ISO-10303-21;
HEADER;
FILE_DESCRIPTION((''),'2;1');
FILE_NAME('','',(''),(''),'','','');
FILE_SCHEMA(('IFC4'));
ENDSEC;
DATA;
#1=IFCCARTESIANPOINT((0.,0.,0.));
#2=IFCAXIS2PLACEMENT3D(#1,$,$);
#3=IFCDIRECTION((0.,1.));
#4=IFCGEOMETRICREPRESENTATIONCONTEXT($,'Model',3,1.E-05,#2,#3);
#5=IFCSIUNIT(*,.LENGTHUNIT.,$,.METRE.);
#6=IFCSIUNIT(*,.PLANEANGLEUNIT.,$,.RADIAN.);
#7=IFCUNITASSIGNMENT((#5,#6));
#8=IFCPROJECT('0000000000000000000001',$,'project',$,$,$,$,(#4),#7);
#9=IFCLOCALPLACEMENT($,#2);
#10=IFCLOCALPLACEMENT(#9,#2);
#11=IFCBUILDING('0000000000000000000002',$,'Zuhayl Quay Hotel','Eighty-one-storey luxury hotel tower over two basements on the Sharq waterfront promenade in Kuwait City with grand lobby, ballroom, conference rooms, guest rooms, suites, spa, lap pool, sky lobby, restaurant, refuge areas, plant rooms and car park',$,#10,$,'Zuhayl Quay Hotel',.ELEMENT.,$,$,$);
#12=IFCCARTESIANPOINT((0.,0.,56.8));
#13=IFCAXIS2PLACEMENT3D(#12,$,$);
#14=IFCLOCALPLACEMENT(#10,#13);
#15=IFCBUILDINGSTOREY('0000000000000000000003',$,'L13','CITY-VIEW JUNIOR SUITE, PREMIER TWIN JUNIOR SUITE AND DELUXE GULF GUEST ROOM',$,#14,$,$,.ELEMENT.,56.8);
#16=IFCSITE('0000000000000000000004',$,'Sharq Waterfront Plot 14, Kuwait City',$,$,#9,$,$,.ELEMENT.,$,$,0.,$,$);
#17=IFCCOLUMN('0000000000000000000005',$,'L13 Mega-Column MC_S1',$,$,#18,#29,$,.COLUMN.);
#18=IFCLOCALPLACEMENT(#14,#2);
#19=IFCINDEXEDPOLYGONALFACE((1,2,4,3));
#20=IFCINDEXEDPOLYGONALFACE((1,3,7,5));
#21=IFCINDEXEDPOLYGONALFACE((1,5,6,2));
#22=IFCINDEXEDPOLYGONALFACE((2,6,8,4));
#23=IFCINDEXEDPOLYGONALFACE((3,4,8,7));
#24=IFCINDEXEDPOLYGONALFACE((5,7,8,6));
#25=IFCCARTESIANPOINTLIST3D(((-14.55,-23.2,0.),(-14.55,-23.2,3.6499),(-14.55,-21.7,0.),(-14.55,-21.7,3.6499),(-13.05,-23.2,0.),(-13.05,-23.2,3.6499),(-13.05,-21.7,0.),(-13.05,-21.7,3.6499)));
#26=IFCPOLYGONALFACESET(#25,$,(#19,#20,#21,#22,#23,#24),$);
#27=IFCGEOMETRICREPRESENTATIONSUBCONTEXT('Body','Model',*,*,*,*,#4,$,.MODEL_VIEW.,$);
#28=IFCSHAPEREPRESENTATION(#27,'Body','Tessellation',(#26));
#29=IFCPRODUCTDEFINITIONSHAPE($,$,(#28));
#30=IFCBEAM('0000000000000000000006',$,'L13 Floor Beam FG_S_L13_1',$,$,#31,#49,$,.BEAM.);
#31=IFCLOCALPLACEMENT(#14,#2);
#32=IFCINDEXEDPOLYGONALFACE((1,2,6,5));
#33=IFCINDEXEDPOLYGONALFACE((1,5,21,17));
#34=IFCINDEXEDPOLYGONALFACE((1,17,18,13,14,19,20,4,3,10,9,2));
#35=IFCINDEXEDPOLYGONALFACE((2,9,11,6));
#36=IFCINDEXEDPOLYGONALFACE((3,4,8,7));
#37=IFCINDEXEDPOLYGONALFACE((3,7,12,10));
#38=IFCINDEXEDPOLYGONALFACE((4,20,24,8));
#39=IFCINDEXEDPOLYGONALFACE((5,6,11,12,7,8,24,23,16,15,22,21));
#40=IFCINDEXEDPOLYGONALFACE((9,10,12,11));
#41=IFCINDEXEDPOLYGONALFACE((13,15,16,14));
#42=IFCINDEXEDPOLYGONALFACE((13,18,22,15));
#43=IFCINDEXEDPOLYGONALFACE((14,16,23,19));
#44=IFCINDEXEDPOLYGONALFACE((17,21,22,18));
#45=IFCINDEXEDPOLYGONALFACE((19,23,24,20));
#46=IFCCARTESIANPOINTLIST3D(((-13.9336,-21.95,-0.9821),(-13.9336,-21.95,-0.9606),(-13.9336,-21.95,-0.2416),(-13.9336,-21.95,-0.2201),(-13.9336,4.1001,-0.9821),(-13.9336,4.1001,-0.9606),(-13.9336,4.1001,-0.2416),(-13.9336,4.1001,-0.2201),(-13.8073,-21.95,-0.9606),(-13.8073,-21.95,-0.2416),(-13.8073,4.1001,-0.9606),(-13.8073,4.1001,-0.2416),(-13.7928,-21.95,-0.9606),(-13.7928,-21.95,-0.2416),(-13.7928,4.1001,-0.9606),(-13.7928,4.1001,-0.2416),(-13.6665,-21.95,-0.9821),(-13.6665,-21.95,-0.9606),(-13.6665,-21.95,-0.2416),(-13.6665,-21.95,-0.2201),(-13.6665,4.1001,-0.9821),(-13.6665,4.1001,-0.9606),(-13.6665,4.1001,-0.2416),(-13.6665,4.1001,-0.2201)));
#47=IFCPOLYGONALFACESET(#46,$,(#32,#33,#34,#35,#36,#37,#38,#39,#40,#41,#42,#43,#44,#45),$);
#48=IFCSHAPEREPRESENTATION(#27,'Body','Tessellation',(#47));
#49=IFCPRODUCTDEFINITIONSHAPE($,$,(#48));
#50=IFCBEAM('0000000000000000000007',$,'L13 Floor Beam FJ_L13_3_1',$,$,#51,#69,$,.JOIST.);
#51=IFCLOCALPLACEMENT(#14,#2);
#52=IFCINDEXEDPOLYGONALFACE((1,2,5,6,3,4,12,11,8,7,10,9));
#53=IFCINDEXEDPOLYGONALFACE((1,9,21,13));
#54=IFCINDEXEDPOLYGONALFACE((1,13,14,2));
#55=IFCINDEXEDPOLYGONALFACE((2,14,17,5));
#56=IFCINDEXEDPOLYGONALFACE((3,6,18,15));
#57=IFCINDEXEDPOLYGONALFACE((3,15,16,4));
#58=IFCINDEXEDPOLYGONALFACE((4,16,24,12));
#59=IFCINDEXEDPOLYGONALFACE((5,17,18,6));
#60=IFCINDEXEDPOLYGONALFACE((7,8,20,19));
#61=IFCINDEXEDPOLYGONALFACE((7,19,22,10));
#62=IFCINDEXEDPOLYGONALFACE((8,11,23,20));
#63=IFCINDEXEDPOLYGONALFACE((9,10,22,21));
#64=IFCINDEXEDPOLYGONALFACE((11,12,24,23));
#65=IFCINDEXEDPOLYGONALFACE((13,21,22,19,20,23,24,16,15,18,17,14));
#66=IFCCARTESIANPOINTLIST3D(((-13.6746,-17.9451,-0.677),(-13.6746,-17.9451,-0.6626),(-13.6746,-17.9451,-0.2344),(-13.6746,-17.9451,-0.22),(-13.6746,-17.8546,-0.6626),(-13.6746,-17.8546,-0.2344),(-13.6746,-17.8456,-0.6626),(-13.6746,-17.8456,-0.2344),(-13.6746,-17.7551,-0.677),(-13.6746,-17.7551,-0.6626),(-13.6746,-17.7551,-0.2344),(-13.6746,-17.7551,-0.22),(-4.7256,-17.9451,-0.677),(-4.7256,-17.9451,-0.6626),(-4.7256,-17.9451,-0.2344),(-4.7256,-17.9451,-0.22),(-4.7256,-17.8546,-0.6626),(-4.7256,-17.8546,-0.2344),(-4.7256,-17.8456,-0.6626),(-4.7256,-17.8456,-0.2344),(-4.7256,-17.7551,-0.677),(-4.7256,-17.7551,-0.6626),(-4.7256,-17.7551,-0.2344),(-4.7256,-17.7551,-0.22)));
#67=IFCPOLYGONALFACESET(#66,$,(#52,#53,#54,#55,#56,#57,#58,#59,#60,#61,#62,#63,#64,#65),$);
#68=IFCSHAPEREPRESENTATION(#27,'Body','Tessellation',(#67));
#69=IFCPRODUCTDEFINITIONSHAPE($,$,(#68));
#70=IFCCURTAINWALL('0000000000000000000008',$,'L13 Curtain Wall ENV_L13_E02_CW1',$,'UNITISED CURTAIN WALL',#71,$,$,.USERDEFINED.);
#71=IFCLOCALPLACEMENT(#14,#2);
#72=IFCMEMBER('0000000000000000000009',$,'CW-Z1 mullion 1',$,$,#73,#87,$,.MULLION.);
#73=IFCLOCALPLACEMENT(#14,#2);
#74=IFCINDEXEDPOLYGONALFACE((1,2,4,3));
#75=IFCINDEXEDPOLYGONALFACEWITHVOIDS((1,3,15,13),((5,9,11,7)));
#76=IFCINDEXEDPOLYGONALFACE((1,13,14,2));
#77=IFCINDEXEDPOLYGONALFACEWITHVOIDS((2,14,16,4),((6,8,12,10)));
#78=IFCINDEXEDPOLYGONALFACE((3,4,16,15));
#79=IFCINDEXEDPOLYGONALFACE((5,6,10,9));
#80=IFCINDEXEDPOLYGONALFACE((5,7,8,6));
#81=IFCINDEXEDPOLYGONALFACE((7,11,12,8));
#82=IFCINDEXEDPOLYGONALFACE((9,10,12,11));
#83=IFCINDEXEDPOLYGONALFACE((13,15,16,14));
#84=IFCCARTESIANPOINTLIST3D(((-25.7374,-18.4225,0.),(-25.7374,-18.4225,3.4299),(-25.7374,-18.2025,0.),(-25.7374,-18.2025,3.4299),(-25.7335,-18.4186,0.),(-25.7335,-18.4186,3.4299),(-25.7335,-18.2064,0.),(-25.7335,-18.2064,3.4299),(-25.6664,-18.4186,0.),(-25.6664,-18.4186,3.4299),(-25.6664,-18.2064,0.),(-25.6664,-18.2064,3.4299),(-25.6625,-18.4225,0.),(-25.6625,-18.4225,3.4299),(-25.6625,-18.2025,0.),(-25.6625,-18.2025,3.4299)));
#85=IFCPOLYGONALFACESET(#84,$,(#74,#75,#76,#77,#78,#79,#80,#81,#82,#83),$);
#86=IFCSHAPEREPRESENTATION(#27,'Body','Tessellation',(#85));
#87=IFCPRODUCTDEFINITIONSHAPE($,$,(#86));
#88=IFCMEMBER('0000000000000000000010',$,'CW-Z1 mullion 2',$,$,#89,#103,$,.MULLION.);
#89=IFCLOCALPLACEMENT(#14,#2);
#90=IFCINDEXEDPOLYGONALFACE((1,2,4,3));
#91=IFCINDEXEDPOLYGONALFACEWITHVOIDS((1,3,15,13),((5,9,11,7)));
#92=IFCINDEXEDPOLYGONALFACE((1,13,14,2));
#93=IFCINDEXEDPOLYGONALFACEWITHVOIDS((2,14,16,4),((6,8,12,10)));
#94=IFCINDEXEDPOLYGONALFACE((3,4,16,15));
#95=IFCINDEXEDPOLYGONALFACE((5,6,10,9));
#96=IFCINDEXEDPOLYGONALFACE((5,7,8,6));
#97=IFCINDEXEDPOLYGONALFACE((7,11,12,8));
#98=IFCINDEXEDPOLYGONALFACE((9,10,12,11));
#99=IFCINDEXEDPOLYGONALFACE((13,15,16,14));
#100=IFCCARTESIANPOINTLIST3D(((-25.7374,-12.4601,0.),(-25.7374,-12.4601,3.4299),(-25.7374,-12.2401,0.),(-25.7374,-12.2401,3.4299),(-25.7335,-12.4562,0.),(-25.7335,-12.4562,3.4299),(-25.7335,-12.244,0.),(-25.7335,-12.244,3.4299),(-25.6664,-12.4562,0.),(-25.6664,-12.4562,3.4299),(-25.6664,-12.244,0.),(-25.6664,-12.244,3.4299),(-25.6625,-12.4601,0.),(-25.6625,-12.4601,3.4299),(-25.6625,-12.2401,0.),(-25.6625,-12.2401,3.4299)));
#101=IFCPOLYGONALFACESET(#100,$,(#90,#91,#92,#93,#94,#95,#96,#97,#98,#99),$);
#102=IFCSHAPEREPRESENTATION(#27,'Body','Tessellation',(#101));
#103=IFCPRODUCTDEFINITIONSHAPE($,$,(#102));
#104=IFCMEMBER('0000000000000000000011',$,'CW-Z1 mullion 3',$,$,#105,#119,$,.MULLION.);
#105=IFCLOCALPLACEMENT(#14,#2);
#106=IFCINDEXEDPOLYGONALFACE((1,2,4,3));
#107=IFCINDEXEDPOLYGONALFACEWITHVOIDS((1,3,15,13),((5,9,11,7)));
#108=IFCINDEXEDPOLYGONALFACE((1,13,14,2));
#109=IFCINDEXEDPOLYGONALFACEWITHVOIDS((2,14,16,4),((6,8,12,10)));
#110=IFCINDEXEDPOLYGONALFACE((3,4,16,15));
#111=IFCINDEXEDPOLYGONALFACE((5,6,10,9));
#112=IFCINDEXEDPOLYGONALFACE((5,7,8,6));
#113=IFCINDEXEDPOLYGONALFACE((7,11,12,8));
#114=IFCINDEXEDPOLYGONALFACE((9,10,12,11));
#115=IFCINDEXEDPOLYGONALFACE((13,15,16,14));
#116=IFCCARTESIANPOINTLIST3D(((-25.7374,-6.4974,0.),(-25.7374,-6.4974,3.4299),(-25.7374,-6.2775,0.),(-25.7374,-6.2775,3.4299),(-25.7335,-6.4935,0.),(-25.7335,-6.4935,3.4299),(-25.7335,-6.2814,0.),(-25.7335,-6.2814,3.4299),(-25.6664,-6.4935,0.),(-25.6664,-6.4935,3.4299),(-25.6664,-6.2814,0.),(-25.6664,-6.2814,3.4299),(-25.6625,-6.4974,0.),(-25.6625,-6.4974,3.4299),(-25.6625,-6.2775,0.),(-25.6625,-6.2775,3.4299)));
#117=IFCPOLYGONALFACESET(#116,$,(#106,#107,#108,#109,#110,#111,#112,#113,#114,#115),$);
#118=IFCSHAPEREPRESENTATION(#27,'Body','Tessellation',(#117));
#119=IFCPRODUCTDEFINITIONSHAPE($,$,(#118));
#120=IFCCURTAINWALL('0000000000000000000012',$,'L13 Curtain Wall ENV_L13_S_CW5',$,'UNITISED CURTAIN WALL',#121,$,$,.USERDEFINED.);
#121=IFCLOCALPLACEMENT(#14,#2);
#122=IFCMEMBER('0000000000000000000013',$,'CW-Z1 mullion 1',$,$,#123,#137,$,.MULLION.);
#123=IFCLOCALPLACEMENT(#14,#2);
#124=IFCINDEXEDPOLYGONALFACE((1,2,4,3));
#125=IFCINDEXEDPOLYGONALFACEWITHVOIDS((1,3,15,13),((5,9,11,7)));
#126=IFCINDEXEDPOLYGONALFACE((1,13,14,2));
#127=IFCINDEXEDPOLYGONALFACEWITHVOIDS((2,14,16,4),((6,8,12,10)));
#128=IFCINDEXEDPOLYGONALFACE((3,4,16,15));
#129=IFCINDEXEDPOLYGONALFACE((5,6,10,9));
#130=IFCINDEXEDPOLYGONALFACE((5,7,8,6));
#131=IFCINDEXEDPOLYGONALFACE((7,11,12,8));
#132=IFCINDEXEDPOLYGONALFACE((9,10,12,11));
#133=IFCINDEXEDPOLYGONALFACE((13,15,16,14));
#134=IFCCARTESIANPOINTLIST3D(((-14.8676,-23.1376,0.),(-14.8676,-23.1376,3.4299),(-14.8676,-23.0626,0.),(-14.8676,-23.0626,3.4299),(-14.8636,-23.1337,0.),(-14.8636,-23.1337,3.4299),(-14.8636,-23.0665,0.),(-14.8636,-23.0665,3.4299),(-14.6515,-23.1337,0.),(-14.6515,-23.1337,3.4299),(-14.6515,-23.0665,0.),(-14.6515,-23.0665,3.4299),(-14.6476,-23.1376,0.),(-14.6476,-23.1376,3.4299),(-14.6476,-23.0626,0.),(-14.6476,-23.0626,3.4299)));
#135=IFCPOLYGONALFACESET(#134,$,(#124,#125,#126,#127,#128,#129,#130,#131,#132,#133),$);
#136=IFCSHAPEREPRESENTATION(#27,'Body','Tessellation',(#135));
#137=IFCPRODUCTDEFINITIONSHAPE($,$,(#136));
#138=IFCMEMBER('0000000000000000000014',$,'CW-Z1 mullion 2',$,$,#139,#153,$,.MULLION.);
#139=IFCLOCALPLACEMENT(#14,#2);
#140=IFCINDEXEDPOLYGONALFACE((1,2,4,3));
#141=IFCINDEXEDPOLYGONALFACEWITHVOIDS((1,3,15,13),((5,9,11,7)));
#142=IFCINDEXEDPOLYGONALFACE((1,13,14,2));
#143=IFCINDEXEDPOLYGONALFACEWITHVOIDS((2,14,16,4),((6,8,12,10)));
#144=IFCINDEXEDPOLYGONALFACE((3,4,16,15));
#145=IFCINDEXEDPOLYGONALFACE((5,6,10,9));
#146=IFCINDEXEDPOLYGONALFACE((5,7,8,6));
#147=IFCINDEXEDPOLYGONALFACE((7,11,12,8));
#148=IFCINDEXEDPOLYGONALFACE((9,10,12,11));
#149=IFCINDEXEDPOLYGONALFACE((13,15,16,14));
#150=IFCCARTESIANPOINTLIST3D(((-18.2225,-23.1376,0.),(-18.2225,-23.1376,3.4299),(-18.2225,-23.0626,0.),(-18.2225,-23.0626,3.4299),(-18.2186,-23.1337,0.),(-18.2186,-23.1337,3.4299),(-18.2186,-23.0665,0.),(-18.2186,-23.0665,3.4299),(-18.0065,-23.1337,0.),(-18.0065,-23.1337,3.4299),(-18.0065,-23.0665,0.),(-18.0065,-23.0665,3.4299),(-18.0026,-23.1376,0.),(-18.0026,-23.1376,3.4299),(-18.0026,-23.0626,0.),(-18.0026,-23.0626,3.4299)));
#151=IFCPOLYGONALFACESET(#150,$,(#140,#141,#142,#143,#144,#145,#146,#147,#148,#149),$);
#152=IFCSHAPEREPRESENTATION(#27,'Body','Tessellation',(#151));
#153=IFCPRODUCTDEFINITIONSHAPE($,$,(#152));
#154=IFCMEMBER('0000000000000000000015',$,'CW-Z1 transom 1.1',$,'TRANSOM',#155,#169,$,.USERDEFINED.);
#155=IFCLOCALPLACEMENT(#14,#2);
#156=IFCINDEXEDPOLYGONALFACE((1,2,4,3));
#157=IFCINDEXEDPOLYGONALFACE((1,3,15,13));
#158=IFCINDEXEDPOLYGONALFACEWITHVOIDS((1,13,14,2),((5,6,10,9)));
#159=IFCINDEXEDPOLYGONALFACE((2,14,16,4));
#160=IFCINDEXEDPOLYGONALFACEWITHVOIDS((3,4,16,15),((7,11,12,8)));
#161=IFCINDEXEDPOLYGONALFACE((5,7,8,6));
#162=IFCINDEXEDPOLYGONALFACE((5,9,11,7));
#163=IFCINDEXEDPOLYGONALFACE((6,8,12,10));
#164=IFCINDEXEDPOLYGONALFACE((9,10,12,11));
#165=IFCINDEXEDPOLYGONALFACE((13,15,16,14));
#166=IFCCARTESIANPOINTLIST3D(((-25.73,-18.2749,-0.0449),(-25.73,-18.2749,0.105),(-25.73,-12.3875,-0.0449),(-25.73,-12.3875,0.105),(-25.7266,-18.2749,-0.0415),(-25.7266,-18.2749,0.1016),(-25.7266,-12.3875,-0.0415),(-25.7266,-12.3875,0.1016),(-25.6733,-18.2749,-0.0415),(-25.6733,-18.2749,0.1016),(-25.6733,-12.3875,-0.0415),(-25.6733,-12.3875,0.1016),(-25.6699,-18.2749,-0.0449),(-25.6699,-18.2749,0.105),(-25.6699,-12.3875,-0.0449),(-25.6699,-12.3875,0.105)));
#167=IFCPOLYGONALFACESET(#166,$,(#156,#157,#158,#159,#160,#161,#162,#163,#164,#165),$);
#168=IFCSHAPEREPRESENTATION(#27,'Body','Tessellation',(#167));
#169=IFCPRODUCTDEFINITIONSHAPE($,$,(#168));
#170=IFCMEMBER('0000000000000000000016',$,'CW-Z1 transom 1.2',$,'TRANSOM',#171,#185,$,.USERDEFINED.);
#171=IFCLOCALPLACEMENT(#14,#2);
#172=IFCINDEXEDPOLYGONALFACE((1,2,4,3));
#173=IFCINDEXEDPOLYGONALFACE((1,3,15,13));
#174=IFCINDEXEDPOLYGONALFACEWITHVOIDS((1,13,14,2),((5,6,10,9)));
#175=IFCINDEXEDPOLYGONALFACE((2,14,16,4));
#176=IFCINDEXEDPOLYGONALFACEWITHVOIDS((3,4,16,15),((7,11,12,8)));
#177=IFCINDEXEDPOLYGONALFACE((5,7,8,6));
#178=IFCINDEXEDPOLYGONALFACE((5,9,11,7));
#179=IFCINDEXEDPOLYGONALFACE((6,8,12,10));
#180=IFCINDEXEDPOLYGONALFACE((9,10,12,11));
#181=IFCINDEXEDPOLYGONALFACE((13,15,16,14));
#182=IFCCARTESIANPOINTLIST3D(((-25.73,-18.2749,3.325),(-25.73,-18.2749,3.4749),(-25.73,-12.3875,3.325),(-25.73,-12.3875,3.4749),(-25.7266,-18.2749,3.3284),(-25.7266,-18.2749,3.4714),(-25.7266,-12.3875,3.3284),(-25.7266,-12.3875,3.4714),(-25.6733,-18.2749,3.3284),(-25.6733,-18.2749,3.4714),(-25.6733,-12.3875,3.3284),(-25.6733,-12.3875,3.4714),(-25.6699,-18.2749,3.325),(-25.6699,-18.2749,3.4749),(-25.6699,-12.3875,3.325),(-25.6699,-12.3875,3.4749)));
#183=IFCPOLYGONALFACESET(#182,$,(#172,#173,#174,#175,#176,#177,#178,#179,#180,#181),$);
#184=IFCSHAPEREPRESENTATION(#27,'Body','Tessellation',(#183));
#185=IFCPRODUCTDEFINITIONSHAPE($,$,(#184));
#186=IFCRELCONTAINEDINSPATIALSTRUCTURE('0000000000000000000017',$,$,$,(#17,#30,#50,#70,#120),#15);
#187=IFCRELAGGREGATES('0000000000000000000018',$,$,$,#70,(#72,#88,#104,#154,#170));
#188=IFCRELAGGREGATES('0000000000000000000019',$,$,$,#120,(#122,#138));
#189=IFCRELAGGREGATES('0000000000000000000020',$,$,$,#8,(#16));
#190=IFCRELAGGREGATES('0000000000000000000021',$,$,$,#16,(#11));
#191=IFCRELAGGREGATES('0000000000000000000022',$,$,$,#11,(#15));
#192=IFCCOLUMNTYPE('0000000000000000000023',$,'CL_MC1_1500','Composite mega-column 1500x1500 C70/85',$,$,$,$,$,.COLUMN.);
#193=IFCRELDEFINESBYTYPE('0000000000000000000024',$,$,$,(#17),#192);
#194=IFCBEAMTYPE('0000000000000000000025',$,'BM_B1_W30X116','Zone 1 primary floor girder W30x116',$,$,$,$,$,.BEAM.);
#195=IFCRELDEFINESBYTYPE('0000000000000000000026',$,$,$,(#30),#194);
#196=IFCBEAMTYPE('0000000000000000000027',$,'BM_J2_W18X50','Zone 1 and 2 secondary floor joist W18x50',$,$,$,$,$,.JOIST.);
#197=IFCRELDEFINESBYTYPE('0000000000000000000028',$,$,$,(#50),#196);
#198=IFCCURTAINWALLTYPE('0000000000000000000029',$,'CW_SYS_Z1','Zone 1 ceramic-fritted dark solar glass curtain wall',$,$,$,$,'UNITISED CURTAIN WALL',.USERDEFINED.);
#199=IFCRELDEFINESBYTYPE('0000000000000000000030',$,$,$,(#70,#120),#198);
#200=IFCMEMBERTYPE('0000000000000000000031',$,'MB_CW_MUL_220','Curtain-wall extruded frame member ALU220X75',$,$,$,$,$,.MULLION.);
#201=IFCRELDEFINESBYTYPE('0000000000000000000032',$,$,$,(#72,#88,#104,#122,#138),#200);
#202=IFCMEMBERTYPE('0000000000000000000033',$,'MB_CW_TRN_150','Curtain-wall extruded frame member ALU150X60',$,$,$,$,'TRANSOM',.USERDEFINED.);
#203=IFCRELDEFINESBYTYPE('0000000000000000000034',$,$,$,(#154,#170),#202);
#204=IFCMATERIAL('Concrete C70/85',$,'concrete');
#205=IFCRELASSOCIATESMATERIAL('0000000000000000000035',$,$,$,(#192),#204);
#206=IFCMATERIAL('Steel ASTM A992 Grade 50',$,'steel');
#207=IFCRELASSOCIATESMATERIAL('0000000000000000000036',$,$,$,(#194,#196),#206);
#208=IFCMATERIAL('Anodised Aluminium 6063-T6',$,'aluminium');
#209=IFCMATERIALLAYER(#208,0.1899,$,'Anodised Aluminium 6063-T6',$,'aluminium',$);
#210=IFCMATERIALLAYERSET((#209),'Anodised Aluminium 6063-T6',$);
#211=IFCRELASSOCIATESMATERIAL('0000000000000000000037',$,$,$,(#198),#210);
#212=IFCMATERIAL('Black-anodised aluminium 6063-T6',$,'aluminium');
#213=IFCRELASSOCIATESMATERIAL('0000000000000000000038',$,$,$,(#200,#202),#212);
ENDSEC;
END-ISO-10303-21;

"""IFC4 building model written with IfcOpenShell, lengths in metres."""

from ifc_helpers import new_model, si_unit, direction, frame, origin, origin_2d, place, context, subcontext, project, spatial, rectangle, hollow_rectangle, i_section, extrude, material, layer, layer_set, material_profile, profile_set, type_object, element, aggregate, save


model = new_model("IFC4")

# Units and contexts
model_context = context("Model", 3, precision=1e-05, world=origin(), true_north=direction((0.0, 1.0)))
body_context = subcontext(model_context, "Body", "Model", "MODEL_VIEW")
ifc_project = project(units=[si_unit("LENGTHUNIT", "METRE"), si_unit("PLANEANGLEUNIT", "RADIAN")], contexts=[model_context])

# Site, building, storey
site_placement = place(None, origin())
site = spatial("IfcSite", under=ifc_project, at=site_placement, Name="Sharq Waterfront Plot 14, Kuwait City", CompositionType="ELEMENT", RefElevation=0.0)
building_placement = place(site_placement, origin())
building = spatial("IfcBuilding", under=site, at=building_placement, Name="Zuhayl Quay Hotel", Description="Eighty-one-storey luxury hotel tower over two basements on the Sharq waterfront promenade in Kuwait City with grand lobby, ballroom, conference rooms, guest rooms, suites, spa, lap pool, sky lobby, restaurant, refuge areas, plant rooms and car park", LongName="Zuhayl Quay Hotel", CompositionType="ELEMENT")
storey_placement = place(building_placement, frame((0.0, 0.0, 56.8)))
storey = spatial("IfcBuildingStorey", under=building, at=storey_placement, Name="L13", Description="CITY-VIEW JUNIOR SUITE, PREMIER TWIN JUNIOR SUITE AND DELUXE GULF GUEST ROOM", CompositionType="ELEMENT", Elevation=56.8)

# Column
ifc_material_1 = material(Name="Concrete C70/85", Category="concrete")
ifc_material_profile_1 = material_profile(ifc_material_1, rectangle(XDim=1.5, YDim=1.5, at=origin_2d()), Name="RC1500X1500")
ifc_profile_set_1 = profile_set([ifc_material_profile_1], Name="Concrete C70/85")
column_type = type_object("IfcColumnType", Name="CL_MC1_1500", Description="Composite mega-column 1500x1500 C70/85", PredefinedType="COLUMN", material=ifc_profile_set_1)
column_placement = place(storey_placement, frame((-13.8, -22.45, 0.0), z_axis=(0.0, 0.0, 1.0), x_axis=(1.0, 0.0, 0.0)))
element("IfcColumn", 1, at=column_placement, inside=storey, type_object=column_type, Name="L13 Mega-Column MC_S1", PredefinedType="COLUMN", context=body_context, shape_type="SweptSolid", body=[
    extrude(rectangle(XDim=1.5, YDim=1.5, at=origin_2d()), origin(), (0.0, 0.0, 1.0), 3.6499),
])

# Beams
ifc_material_2 = material(Name="Steel ASTM A992 Grade 50", Category="steel")
ifc_material_profile_2 = material_profile(ifc_material_2, i_section(OverallWidth=0.2671, OverallDepth=0.762, WebThickness=0.0144, FlangeThickness=0.0215, at=origin_2d()), Name="W30X116")
ifc_profile_set_2 = profile_set([ifc_material_profile_2], Name="Steel ASTM A992 Grade 50")
beam_type_1 = type_object("IfcBeamType", Name="BM_B1_W30X116", Description="Zone 1 primary floor girder W30x116", PredefinedType="BEAM", material=ifc_profile_set_2)
beam_1_placement = place(storey_placement, frame((-13.8, -21.95, -0.6011), z_axis=(0.0, 1.0, 0.0), x_axis=(-1.0, 0.0, 0.0)))
element("IfcBeam", 2, at=beam_1_placement, inside=storey, type_object=beam_type_1, Name="L13 Floor Beam FG_S_L13_1", PredefinedType="BEAM", context=body_context, shape_type="SweptSolid", body=[
    extrude(i_section(OverallWidth=0.2671, OverallDepth=0.762, WebThickness=0.0144, FlangeThickness=0.0215, at=origin_2d()), origin(), (0.0, 0.0, 1.0), 26.05),
])
ifc_material_profile_3 = material_profile(ifc_material_2, i_section(OverallWidth=0.1899, OverallDepth=0.457, WebThickness=0.009, FlangeThickness=0.0144, at=origin_2d()), Name="W18X50")
ifc_profile_set_3 = profile_set([ifc_material_profile_3], Name="Steel ASTM A992 Grade 50")
beam_type_2 = type_object("IfcBeamType", Name="BM_J2_W18X50", Description="Zone 1 and 2 secondary floor joist W18x50", PredefinedType="JOIST", material=ifc_profile_set_3)
beam_2_placement = place(storey_placement, frame((-13.6746, -17.8501, -0.4485), z_axis=(1.0, 0.0, 0.0), x_axis=(0.0, 1.0, 0.0)))
element("IfcBeam", 3, at=beam_2_placement, inside=storey, type_object=beam_type_2, Name="L13 Floor Beam FJ_L13_3_1", PredefinedType="JOIST", context=body_context, shape_type="SweptSolid", body=[
    extrude(i_section(OverallWidth=0.1899, OverallDepth=0.457, WebThickness=0.009, FlangeThickness=0.0144, at=origin_2d()), origin(), (0.0, 0.0, 1.0), 8.949),
])

# Curtain walls, members
ifc_material_3 = material(Name="Anodised Aluminium 6063-T6", Category="aluminium")
ifc_layer_1 = layer(ifc_material_3, 0.1899, Name="Anodised Aluminium 6063-T6", Category="aluminium")
ifc_layer_set_1 = layer_set([ifc_layer_1], Name="Anodised Aluminium 6063-T6")
curtain_wall_type = type_object("IfcCurtainWallType", Name="CW_SYS_Z1", Description="Zone 1 ceramic-fritted dark solar glass curtain wall", ElementType="UNITISED CURTAIN WALL", PredefinedType="USERDEFINED", material=ifc_layer_set_1)
curtain_wall_1_placement = place(storey_placement, origin())
curtain_wall_1 = element("IfcCurtainWall", 4, at=curtain_wall_1_placement, inside=storey, type_object=curtain_wall_type, Name="L13 Curtain Wall ENV_L13_E02_CW1", ObjectType="UNITISED CURTAIN WALL", PredefinedType="USERDEFINED")
ifc_material_4 = material(Name="Black-anodised aluminium 6063-T6", Category="aluminium")
ifc_material_profile_4 = material_profile(ifc_material_4, hollow_rectangle(XDim=0.075, YDim=0.22, WallThickness=0.0039, at=origin_2d()), Name="ALU220X75")
ifc_profile_set_4 = profile_set([ifc_material_profile_4], Name="Black-anodised aluminium 6063-T6")
member_type_1 = type_object("IfcMemberType", Name="MB_CW_MUL_220", Description="Curtain-wall extruded frame member ALU220X75", PredefinedType="MULLION", material=ifc_profile_set_4)
member_1_placement = place(storey_placement, frame((-25.7, -18.3125, 0.0), z_axis=(0.0, 0.0, 1.0), x_axis=(-1.0, 0.0, 0.0)))
member_1 = element("IfcMember", 5, at=member_1_placement, type_object=member_type_1, Name="CW-Z1 mullion 1", PredefinedType="MULLION", context=body_context, shape_type="SweptSolid", body=[
    extrude(hollow_rectangle(XDim=0.075, YDim=0.22, WallThickness=0.0039, at=origin_2d()), origin(), (0.0, 0.0, 1.0), 3.4299),
])
member_2_placement = place(storey_placement, frame((-25.7, -12.3501, 0.0), z_axis=(0.0, 0.0, 1.0), x_axis=(-1.0, 0.0, 0.0)))
member_2 = element("IfcMember", 6, at=member_2_placement, type_object=member_type_1, Name="CW-Z1 mullion 2", PredefinedType="MULLION", context=body_context, shape_type="SweptSolid", body=[
    extrude(hollow_rectangle(XDim=0.075, YDim=0.22, WallThickness=0.0039, at=origin_2d()), origin(), (0.0, 0.0, 1.0), 3.4299),
])
member_3_placement = place(storey_placement, frame((-25.7, -6.3875, 0.0), z_axis=(0.0, 0.0, 1.0), x_axis=(-1.0, 0.0, 0.0)))
member_3 = element("IfcMember", 7, at=member_3_placement, type_object=member_type_1, Name="CW-Z1 mullion 3", PredefinedType="MULLION", context=body_context, shape_type="SweptSolid", body=[
    extrude(hollow_rectangle(XDim=0.075, YDim=0.22, WallThickness=0.0039, at=origin_2d()), origin(), (0.0, 0.0, 1.0), 3.4299),
])
curtain_wall_2_placement = place(storey_placement, origin())
curtain_wall_2 = element("IfcCurtainWall", 8, at=curtain_wall_2_placement, inside=storey, type_object=curtain_wall_type, Name="L13 Curtain Wall ENV_L13_S_CW5", ObjectType="UNITISED CURTAIN WALL", PredefinedType="USERDEFINED")
member_4_placement = place(storey_placement, frame((-14.7576, -23.1001, 0.0), z_axis=(0.0, 0.0, 1.0), x_axis=(0.0, -1.0, 0.0)))
member_4 = element("IfcMember", 9, at=member_4_placement, type_object=member_type_1, Name="CW-Z1 mullion 1", PredefinedType="MULLION", context=body_context, shape_type="SweptSolid", body=[
    extrude(hollow_rectangle(XDim=0.075, YDim=0.22, WallThickness=0.0039, at=origin_2d()), origin(), (0.0, 0.0, 1.0), 3.4299),
])
member_5_placement = place(storey_placement, frame((-18.1125, -23.1001, 0.0), z_axis=(0.0, 0.0, 1.0), x_axis=(0.0, -1.0, 0.0)))
member_5 = element("IfcMember", 10, at=member_5_placement, type_object=member_type_1, Name="CW-Z1 mullion 2", PredefinedType="MULLION", context=body_context, shape_type="SweptSolid", body=[
    extrude(hollow_rectangle(XDim=0.075, YDim=0.22, WallThickness=0.0039, at=origin_2d()), origin(), (0.0, 0.0, 1.0), 3.4299),
])

# Members
ifc_material_profile_5 = material_profile(ifc_material_4, hollow_rectangle(XDim=0.0601, YDim=0.1499, WallThickness=0.0034, at=origin_2d()), Name="ALU150X60")
ifc_profile_set_5 = profile_set([ifc_material_profile_5], Name="Black-anodised aluminium 6063-T6")
member_type_2 = type_object("IfcMemberType", Name="MB_CW_TRN_150", Description="Curtain-wall extruded frame member ALU150X60", ElementType="TRANSOM", PredefinedType="USERDEFINED", material=ifc_profile_set_5)
member_6_placement = place(storey_placement, frame((-25.7, -18.2749, 0.03), z_axis=(0.0, 1.0, 0.0), x_axis=(-1.0, 0.0, 0.0)))
member_6 = element("IfcMember", 11, at=member_6_placement, type_object=member_type_2, Name="CW-Z1 transom 1.1", ObjectType="TRANSOM", PredefinedType="USERDEFINED", context=body_context, shape_type="SweptSolid", body=[
    extrude(hollow_rectangle(XDim=0.0601, YDim=0.1499, WallThickness=0.0034, at=origin_2d()), origin(), (0.0, 0.0, 1.0), 5.8875),
])
member_7_placement = place(storey_placement, frame((-25.7, -18.2749, 3.3999), z_axis=(0.0, 1.0, 0.0), x_axis=(-1.0, 0.0, 0.0)))
member_7 = element("IfcMember", 12, at=member_7_placement, type_object=member_type_2, Name="CW-Z1 transom 1.2", ObjectType="TRANSOM", PredefinedType="USERDEFINED", context=body_context, shape_type="SweptSolid", body=[
    extrude(hollow_rectangle(XDim=0.0601, YDim=0.1499, WallThickness=0.0034, at=origin_2d()), origin(), (0.0, 0.0, 1.0), 5.8875),
])

aggregate(curtain_wall_1, [member_1, member_2, member_3, member_6, member_7])
aggregate(curtain_wall_2, [member_4, member_5])

save(model, "model.ifc")
